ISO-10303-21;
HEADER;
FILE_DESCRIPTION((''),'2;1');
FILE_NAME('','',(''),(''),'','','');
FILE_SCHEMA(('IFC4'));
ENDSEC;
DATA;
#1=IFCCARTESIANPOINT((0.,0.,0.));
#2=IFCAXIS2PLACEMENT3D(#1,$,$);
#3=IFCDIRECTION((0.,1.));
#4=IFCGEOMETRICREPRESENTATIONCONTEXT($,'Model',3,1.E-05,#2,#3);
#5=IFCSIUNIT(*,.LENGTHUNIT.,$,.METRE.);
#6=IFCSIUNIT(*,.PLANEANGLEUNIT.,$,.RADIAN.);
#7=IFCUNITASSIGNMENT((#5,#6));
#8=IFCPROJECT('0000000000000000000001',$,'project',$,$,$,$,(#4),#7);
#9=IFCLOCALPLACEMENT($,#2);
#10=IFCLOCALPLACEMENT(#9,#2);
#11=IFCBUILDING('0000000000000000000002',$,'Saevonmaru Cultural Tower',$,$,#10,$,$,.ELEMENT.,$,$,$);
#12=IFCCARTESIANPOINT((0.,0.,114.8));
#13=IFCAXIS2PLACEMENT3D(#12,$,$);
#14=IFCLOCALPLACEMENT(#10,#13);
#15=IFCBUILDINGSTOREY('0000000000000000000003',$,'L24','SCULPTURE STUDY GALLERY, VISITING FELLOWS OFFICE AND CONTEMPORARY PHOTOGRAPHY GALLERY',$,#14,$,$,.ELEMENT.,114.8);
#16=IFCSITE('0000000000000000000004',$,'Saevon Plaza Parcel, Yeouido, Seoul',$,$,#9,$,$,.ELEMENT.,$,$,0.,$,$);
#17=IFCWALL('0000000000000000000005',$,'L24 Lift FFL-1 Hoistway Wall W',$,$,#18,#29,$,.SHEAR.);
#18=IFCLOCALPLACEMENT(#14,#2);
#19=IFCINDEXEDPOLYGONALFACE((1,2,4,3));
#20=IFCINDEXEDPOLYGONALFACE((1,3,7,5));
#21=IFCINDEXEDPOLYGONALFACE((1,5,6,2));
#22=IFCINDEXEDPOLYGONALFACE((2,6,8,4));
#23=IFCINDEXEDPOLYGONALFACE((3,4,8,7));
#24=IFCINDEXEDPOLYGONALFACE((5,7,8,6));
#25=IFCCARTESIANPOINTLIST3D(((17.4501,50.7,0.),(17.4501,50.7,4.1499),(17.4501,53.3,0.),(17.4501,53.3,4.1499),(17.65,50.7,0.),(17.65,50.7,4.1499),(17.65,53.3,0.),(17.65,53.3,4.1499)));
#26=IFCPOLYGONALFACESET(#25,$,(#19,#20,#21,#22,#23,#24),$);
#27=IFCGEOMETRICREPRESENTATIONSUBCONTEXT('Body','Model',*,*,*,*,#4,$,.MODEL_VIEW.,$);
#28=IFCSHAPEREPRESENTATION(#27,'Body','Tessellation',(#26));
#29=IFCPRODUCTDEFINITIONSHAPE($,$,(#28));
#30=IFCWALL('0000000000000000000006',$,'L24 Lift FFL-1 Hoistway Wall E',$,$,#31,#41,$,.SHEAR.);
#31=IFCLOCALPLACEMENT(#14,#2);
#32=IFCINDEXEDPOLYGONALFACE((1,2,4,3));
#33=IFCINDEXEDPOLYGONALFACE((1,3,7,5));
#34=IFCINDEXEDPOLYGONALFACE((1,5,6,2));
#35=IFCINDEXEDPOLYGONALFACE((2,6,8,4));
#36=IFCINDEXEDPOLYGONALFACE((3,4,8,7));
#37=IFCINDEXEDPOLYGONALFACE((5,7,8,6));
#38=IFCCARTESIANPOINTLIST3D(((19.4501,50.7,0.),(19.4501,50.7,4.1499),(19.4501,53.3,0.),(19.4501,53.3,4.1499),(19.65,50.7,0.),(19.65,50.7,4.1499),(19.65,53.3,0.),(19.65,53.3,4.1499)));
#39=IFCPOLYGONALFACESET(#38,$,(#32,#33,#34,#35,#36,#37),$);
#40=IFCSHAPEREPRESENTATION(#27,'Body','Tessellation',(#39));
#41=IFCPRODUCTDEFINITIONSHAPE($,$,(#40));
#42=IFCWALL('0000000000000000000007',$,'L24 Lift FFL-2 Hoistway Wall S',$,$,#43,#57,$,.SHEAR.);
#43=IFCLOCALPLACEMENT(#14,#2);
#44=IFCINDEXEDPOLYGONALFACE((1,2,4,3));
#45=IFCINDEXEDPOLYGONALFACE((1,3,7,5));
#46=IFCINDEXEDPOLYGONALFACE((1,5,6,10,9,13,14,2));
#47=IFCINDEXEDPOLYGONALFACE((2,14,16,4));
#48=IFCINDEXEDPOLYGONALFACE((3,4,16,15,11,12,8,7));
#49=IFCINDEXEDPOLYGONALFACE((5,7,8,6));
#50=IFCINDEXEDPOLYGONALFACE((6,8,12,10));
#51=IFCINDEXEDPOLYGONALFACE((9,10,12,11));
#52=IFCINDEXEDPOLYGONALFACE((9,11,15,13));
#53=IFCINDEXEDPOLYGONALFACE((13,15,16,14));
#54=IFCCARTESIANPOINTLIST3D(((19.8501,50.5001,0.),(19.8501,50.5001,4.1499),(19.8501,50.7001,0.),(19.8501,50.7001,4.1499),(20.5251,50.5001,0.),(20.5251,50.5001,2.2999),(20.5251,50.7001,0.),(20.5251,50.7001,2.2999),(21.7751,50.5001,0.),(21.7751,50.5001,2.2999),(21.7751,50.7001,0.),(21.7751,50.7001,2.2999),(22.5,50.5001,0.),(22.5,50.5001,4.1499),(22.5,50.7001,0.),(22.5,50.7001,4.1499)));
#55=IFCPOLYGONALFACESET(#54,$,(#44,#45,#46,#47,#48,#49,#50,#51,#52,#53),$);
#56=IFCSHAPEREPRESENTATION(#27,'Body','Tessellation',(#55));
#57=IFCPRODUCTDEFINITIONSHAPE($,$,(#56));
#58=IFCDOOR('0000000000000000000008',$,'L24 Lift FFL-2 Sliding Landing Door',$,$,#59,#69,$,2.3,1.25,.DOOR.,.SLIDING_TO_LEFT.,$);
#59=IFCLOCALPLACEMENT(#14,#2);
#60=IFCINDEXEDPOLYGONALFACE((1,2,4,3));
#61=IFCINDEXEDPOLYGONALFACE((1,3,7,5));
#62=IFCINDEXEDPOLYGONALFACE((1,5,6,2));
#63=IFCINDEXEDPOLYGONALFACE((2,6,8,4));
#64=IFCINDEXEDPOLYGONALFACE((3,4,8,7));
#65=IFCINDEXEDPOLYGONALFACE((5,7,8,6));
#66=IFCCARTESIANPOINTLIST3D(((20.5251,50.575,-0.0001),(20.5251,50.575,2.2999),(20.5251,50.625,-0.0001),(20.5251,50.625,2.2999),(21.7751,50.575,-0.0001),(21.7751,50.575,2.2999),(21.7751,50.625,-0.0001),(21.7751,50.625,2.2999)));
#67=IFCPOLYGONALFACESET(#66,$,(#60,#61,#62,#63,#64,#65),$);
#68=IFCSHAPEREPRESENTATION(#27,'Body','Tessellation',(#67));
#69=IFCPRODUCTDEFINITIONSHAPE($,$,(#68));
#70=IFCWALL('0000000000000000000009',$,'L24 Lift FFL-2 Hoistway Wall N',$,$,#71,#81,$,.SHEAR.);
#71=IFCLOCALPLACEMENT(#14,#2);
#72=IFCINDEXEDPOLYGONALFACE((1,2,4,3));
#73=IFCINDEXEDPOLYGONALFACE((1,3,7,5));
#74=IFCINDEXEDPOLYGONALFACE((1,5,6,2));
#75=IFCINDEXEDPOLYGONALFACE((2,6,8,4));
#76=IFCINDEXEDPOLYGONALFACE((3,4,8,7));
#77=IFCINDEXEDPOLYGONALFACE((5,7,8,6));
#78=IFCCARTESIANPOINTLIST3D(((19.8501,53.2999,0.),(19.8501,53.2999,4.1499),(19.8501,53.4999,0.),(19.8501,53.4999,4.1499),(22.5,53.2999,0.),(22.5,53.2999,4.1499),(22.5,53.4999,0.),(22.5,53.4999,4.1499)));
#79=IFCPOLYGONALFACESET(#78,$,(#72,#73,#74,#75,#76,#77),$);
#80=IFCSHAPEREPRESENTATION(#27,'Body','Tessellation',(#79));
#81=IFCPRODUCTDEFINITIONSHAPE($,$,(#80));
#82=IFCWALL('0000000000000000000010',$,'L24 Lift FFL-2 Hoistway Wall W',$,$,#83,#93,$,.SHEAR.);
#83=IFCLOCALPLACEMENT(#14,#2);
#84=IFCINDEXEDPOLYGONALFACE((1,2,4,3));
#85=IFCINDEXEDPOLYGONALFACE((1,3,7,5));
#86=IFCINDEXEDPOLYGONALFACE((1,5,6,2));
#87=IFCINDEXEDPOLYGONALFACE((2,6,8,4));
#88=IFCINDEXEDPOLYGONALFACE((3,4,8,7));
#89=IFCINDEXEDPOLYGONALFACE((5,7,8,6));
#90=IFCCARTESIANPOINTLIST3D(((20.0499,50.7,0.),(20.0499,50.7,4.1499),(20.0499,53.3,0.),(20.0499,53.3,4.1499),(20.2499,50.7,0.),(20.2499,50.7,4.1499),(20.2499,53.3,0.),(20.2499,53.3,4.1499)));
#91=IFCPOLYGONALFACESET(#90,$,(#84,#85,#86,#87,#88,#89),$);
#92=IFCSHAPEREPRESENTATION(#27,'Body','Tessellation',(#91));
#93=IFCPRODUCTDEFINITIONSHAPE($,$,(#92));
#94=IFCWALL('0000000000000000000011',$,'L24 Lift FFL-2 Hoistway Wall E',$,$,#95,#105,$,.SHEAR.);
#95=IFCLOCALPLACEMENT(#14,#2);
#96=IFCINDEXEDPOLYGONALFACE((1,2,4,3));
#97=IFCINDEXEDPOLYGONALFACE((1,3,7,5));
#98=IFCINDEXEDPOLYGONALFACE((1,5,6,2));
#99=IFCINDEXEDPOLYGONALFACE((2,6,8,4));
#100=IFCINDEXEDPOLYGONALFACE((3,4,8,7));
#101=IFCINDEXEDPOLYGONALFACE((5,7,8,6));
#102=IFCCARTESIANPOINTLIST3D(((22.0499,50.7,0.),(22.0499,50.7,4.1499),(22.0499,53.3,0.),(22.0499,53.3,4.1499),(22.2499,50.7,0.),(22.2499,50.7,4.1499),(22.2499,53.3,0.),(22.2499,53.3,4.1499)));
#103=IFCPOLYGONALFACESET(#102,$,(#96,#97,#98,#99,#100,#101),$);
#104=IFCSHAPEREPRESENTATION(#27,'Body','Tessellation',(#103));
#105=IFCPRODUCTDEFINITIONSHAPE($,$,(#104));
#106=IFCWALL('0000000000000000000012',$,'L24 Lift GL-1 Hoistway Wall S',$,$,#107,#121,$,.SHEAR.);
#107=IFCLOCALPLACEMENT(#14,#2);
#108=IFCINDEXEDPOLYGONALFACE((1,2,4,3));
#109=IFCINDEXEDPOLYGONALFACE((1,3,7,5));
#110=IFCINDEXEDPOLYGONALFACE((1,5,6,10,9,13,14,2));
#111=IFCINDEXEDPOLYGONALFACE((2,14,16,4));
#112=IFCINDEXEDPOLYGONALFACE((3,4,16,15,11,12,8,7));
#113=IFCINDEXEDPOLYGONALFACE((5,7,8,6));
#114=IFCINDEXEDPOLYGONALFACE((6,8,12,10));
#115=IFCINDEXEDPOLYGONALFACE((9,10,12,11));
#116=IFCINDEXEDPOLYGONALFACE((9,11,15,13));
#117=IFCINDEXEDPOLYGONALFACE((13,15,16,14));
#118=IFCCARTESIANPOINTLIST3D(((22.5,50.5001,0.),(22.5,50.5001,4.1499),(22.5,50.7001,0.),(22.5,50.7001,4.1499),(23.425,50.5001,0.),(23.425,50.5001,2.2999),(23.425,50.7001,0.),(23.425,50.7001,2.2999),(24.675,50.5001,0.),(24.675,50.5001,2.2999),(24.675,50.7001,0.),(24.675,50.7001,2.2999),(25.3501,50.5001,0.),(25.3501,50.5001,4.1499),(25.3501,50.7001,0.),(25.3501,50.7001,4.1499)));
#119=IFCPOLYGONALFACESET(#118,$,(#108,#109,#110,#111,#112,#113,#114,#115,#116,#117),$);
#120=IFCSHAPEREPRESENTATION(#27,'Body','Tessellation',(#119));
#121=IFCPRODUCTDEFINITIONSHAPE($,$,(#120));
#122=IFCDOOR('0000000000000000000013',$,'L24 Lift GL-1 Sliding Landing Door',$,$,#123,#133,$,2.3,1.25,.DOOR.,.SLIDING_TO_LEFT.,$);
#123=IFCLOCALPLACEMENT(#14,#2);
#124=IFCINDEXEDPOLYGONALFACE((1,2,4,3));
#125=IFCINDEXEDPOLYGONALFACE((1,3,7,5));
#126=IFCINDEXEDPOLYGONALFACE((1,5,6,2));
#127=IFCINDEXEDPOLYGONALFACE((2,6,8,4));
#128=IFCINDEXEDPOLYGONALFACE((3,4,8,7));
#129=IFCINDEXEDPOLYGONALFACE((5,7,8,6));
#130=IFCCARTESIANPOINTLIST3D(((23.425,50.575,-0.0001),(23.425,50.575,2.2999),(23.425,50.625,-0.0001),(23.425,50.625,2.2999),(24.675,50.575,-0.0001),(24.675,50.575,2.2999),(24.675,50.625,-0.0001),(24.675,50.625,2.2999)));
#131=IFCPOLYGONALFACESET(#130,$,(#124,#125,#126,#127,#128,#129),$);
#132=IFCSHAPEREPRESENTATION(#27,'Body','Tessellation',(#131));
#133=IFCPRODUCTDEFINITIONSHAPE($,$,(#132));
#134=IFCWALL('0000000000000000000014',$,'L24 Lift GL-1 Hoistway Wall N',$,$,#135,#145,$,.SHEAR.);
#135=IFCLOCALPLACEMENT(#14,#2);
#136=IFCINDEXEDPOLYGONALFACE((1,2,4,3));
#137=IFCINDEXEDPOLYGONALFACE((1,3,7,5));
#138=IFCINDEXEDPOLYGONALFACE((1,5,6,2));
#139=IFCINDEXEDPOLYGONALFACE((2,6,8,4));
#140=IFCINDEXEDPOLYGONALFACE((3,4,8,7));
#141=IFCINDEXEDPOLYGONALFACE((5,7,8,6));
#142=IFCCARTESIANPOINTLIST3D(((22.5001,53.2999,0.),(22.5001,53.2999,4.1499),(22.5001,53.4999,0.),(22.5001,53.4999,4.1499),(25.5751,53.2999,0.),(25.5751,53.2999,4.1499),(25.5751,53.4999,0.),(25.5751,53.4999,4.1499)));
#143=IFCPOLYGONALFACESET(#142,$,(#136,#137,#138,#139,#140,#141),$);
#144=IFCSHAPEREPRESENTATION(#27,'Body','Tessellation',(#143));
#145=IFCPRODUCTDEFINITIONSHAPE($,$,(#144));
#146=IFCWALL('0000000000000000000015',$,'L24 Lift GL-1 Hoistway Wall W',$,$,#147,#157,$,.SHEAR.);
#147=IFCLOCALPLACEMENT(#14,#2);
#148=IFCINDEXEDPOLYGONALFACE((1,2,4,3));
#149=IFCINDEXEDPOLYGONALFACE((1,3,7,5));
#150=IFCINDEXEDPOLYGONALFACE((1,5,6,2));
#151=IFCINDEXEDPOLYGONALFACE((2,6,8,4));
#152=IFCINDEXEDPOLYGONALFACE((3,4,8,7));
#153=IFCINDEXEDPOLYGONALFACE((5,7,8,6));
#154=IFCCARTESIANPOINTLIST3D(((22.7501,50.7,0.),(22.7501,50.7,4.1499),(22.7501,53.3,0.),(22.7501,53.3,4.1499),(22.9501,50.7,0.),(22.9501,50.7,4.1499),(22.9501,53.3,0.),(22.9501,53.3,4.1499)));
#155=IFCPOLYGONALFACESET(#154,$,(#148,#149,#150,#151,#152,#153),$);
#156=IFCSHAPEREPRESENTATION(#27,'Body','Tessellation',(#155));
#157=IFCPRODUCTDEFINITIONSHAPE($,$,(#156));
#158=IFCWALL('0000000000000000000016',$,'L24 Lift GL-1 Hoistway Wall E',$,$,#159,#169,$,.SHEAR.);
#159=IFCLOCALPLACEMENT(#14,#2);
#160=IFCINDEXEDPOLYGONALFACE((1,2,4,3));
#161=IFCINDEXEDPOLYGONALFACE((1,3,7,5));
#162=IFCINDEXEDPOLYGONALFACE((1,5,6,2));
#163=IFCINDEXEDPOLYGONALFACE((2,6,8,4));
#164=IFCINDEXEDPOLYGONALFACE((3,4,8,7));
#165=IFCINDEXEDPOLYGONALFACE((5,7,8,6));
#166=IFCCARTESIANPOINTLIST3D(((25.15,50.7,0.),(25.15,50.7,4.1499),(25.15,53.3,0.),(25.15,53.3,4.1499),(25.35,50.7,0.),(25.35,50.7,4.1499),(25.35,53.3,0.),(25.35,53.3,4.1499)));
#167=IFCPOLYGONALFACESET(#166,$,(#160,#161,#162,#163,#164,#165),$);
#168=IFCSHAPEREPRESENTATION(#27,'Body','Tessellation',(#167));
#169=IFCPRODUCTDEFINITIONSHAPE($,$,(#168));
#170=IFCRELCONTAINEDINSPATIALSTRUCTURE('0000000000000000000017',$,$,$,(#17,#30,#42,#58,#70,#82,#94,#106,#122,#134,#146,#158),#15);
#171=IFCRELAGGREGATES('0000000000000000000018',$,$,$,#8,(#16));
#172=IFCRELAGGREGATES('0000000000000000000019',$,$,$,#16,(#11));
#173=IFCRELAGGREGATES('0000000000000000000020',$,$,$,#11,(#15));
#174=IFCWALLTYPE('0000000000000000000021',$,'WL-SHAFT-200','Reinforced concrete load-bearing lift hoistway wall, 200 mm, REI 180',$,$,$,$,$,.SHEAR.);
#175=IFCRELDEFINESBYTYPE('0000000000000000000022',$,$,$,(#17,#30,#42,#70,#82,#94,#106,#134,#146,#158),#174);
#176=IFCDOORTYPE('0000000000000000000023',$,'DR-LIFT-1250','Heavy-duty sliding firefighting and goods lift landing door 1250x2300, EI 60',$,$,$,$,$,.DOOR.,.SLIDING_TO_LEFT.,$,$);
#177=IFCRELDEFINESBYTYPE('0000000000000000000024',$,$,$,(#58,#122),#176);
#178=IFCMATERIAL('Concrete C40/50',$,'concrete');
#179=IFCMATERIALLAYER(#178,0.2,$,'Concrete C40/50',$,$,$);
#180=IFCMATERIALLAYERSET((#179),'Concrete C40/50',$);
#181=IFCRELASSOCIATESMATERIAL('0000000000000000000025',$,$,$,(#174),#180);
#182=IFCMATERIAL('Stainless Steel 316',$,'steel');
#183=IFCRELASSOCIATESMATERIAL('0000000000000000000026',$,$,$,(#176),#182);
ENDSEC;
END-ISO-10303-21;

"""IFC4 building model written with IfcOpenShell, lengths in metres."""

from ifc_helpers import new_model, si_unit, direction, frame, frame_2d, origin, place, context, subcontext, project, spatial, rectangle, extrude, material, layer, layer_set, type_object, element, fill, save


model = new_model("IFC4")

# Units and contexts
model_context = context("Model", 3, precision=1e-05, world=origin(), true_north=direction((0.0, 1.0)))
body_context = subcontext(model_context, "Body", "Model", "MODEL_VIEW")
ifc_project = project(units=[si_unit("LENGTHUNIT", "METRE"), si_unit("PLANEANGLEUNIT", "RADIAN")], contexts=[model_context])

# Site, building, storey
site_placement = place(None, origin())
site = spatial("IfcSite", under=ifc_project, at=site_placement, Name="Saevon Plaza Parcel, Yeouido, Seoul", CompositionType="ELEMENT", RefElevation=0.0)
building_placement = place(site_placement, origin())
building = spatial("IfcBuilding", under=site, at=building_placement, Name="Saevonmaru Cultural Tower", CompositionType="ELEMENT")
storey_placement = place(building_placement, frame((0.0, 0.0, 114.8)))
storey = spatial("IfcBuildingStorey", under=building, at=storey_placement, Name="L24", Description="SCULPTURE STUDY GALLERY, VISITING FELLOWS OFFICE AND CONTEMPORARY PHOTOGRAPHY GALLERY", CompositionType="ELEMENT", Elevation=114.8)

# Shared definitions
ifc_material_1 = material(Name="Concrete C40/50", Category="concrete")
ifc_layer_1 = layer(ifc_material_1, 0.2, Name="Concrete C40/50")
ifc_layer_set_1 = layer_set([ifc_layer_1], Name="Concrete C40/50")
wall_type = type_object("IfcWallType", Name="WL-SHAFT-200", Description="Reinforced concrete load-bearing lift hoistway wall, 200 mm, REI 180", PredefinedType="SHEAR", material=ifc_layer_set_1)
ifc_material_2 = material(Name="Stainless Steel 316", Category="steel")
door_type_1 = type_object("IfcDoorType", Name="DR-LIFT-1250", Description="Heavy-duty sliding firefighting and goods lift landing door 1250x2300, EI 60", OperationType="SLIDING_TO_LEFT", PredefinedType="DOOR", material=ifc_material_2)

# Walls
for number, where, z_axis, x_axis, name in (
    (1, (17.55, 50.7, 0.0), (0.0, 0.0, 1.0), (0.0, 1.0, 0.0), "L24 Lift FFL-1 Hoistway Wall W"),
    (2, (19.55, 50.7, 0.0), (0.0, 0.0, 1.0), (0.0, 1.0, 0.0), "L24 Lift FFL-1 Hoistway Wall E"),
):
    element("IfcWall", number, at=place(storey_placement, frame(where, z_axis=z_axis, x_axis=x_axis)), inside=storey, type_object=wall_type, Name=name, PredefinedType="SHEAR", context=body_context, shape_type="SweptSolid", body=[
        extrude(rectangle(XDim=2.6001, YDim=0.2, at=frame_2d((1.3, 0.0))), origin(), (0.0, 0.0, 1.0), 4.1499),
    ])

# Wall, opening, door
wall_1_placement = place(storey_placement, frame((19.8501, 50.6001, 0.0), z_axis=(0.0, 0.0, 1.0), x_axis=(1.0, 0.0, 0.0)))
wall_1 = element("IfcWall", 3, at=wall_1_placement, inside=storey, type_object=wall_type, Name="L24 Lift FFL-2 Hoistway Wall S", PredefinedType="SHEAR", context=body_context, shape_type="SweptSolid", body=[
    extrude(rectangle(XDim=2.6499, YDim=0.2, at=frame_2d((1.325, 0.0))), origin(), (0.0, 0.0, 1.0), 4.1499),
])
opening_1_placement = place(wall_1_placement, frame((0.675, 0.0, 0.0)))
opening_1 = element("IfcOpeningElement", 4, at=opening_1_placement, cuts=wall_1, PredefinedType="OPENING", context=body_context, shape_type="SweptSolid", body=[
    extrude(rectangle(XDim=1.25, YDim=2.3, at=frame_2d((0.625, 1.1499))), frame((0.0, 0.1099, 0.0), z_axis=(0.0, -1.0, 0.0), x_axis=(1.0, 0.0, 0.0)), (0.0, 0.0, 1.0), 0.22),
])
door_1_placement = place(opening_1_placement, origin())
door_1 = element("IfcDoor", 5, at=door_1_placement, inside=storey, type_object=door_type_1, Name="L24 Lift FFL-2 Sliding Landing Door", OperationType="SLIDING_TO_LEFT", OverallHeight=2.3, OverallWidth=1.25, PredefinedType="DOOR", context=body_context, shape_type="SweptSolid", body=[
    extrude(rectangle(XDim=1.25, YDim=2.3, at=frame_2d((0.625, 1.1499))), frame((0.0, 0.0249, 0.0), z_axis=(0.0, -1.0, 0.0), x_axis=(1.0, 0.0, 0.0)), (0.0, 0.0, 1.0), 0.05),
])
fill(opening_1, door_1)

# Walls
wall_2_placement = place(storey_placement, frame((19.8501, 53.3999, 0.0), z_axis=(0.0, 0.0, 1.0), x_axis=(1.0, 0.0, 0.0)))
element("IfcWall", 6, at=wall_2_placement, inside=storey, type_object=wall_type, Name="L24 Lift FFL-2 Hoistway Wall N", PredefinedType="SHEAR", context=body_context, shape_type="SweptSolid", body=[
    extrude(rectangle(XDim=2.6499, YDim=0.2, at=frame_2d((1.325, 0.0))), origin(), (0.0, 0.0, 1.0), 4.1499),
])
for number, where, z_axis, x_axis, name in (
    (7, (20.1499, 50.7, 0.0), (0.0, 0.0, 1.0), (0.0, 1.0, 0.0), "L24 Lift FFL-2 Hoistway Wall W"),
    (8, (22.1499, 50.7, 0.0), (0.0, 0.0, 1.0), (0.0, 1.0, 0.0), "L24 Lift FFL-2 Hoistway Wall E"),
):
    element("IfcWall", number, at=place(storey_placement, frame(where, z_axis=z_axis, x_axis=x_axis)), inside=storey, type_object=wall_type, Name=name, PredefinedType="SHEAR", context=body_context, shape_type="SweptSolid", body=[
        extrude(rectangle(XDim=2.6001, YDim=0.2, at=frame_2d((1.3, 0.0))), origin(), (0.0, 0.0, 1.0), 4.1499),
    ])

# Wall, opening, door
wall_3_placement = place(storey_placement, frame((22.5, 50.6001, 0.0), z_axis=(0.0, 0.0, 1.0), x_axis=(1.0, 0.0, 0.0)))
wall_3 = element("IfcWall", 9, at=wall_3_placement, inside=storey, type_object=wall_type, Name="L24 Lift GL-1 Hoistway Wall S", PredefinedType="SHEAR", context=body_context, shape_type="SweptSolid", body=[
    extrude(rectangle(XDim=2.8501, YDim=0.2, at=frame_2d((1.425, 0.0))), origin(), (0.0, 0.0, 1.0), 4.1499),
])
opening_2_placement = place(wall_3_placement, frame((0.925, 0.0, 0.0)))
opening_2 = element("IfcOpeningElement", 10, at=opening_2_placement, cuts=wall_3, PredefinedType="OPENING", context=body_context, shape_type="SweptSolid", body=[
    extrude(rectangle(XDim=1.25, YDim=2.3, at=frame_2d((0.625, 1.1499))), frame((0.0, 0.1099, 0.0), z_axis=(0.0, -1.0, 0.0), x_axis=(1.0, 0.0, 0.0)), (0.0, 0.0, 1.0), 0.22),
])
door_2_placement = place(opening_2_placement, origin())
door_2 = element("IfcDoor", 11, at=door_2_placement, inside=storey, type_object=door_type_1, Name="L24 Lift GL-1 Sliding Landing Door", OperationType="SLIDING_TO_LEFT", OverallHeight=2.3, OverallWidth=1.25, PredefinedType="DOOR", context=body_context, shape_type="SweptSolid", body=[
    extrude(rectangle(XDim=1.25, YDim=2.3, at=frame_2d((0.625, 1.1499))), frame((0.0, 0.0249, 0.0), z_axis=(0.0, -1.0, 0.0), x_axis=(1.0, 0.0, 0.0)), (0.0, 0.0, 1.0), 0.05),
])
fill(opening_2, door_2)

# Walls
wall_4_placement = place(storey_placement, frame((22.5, 53.3999, 0.0), z_axis=(0.0, 0.0, 1.0), x_axis=(1.0, 0.0, 0.0)))
element("IfcWall", 12, at=wall_4_placement, inside=storey, type_object=wall_type, Name="L24 Lift GL-1 Hoistway Wall N", PredefinedType="SHEAR", context=body_context, shape_type="SweptSolid", body=[
    extrude(rectangle(XDim=3.075, YDim=0.2, at=frame_2d((1.5376, 0.0))), origin(), (0.0, 0.0, 1.0), 4.1499),
])
for number, where, z_axis, x_axis, name in (
    (13, (22.8501, 50.7, 0.0), (0.0, 0.0, 1.0), (0.0, 1.0, 0.0), "L24 Lift GL-1 Hoistway Wall W"),
    (14, (25.25, 50.7, 0.0), (0.0, 0.0, 1.0), (0.0, 1.0, 0.0), "L24 Lift GL-1 Hoistway Wall E"),
):
    element("IfcWall", number, at=place(storey_placement, frame(where, z_axis=z_axis, x_axis=x_axis)), inside=storey, type_object=wall_type, Name=name, PredefinedType="SHEAR", context=body_context, shape_type="SweptSolid", body=[
        extrude(rectangle(XDim=2.6001, YDim=0.2, at=frame_2d((1.3, 0.0))), origin(), (0.0, 0.0, 1.0), 4.1499),
    ])

save(model, "model.ifc")
